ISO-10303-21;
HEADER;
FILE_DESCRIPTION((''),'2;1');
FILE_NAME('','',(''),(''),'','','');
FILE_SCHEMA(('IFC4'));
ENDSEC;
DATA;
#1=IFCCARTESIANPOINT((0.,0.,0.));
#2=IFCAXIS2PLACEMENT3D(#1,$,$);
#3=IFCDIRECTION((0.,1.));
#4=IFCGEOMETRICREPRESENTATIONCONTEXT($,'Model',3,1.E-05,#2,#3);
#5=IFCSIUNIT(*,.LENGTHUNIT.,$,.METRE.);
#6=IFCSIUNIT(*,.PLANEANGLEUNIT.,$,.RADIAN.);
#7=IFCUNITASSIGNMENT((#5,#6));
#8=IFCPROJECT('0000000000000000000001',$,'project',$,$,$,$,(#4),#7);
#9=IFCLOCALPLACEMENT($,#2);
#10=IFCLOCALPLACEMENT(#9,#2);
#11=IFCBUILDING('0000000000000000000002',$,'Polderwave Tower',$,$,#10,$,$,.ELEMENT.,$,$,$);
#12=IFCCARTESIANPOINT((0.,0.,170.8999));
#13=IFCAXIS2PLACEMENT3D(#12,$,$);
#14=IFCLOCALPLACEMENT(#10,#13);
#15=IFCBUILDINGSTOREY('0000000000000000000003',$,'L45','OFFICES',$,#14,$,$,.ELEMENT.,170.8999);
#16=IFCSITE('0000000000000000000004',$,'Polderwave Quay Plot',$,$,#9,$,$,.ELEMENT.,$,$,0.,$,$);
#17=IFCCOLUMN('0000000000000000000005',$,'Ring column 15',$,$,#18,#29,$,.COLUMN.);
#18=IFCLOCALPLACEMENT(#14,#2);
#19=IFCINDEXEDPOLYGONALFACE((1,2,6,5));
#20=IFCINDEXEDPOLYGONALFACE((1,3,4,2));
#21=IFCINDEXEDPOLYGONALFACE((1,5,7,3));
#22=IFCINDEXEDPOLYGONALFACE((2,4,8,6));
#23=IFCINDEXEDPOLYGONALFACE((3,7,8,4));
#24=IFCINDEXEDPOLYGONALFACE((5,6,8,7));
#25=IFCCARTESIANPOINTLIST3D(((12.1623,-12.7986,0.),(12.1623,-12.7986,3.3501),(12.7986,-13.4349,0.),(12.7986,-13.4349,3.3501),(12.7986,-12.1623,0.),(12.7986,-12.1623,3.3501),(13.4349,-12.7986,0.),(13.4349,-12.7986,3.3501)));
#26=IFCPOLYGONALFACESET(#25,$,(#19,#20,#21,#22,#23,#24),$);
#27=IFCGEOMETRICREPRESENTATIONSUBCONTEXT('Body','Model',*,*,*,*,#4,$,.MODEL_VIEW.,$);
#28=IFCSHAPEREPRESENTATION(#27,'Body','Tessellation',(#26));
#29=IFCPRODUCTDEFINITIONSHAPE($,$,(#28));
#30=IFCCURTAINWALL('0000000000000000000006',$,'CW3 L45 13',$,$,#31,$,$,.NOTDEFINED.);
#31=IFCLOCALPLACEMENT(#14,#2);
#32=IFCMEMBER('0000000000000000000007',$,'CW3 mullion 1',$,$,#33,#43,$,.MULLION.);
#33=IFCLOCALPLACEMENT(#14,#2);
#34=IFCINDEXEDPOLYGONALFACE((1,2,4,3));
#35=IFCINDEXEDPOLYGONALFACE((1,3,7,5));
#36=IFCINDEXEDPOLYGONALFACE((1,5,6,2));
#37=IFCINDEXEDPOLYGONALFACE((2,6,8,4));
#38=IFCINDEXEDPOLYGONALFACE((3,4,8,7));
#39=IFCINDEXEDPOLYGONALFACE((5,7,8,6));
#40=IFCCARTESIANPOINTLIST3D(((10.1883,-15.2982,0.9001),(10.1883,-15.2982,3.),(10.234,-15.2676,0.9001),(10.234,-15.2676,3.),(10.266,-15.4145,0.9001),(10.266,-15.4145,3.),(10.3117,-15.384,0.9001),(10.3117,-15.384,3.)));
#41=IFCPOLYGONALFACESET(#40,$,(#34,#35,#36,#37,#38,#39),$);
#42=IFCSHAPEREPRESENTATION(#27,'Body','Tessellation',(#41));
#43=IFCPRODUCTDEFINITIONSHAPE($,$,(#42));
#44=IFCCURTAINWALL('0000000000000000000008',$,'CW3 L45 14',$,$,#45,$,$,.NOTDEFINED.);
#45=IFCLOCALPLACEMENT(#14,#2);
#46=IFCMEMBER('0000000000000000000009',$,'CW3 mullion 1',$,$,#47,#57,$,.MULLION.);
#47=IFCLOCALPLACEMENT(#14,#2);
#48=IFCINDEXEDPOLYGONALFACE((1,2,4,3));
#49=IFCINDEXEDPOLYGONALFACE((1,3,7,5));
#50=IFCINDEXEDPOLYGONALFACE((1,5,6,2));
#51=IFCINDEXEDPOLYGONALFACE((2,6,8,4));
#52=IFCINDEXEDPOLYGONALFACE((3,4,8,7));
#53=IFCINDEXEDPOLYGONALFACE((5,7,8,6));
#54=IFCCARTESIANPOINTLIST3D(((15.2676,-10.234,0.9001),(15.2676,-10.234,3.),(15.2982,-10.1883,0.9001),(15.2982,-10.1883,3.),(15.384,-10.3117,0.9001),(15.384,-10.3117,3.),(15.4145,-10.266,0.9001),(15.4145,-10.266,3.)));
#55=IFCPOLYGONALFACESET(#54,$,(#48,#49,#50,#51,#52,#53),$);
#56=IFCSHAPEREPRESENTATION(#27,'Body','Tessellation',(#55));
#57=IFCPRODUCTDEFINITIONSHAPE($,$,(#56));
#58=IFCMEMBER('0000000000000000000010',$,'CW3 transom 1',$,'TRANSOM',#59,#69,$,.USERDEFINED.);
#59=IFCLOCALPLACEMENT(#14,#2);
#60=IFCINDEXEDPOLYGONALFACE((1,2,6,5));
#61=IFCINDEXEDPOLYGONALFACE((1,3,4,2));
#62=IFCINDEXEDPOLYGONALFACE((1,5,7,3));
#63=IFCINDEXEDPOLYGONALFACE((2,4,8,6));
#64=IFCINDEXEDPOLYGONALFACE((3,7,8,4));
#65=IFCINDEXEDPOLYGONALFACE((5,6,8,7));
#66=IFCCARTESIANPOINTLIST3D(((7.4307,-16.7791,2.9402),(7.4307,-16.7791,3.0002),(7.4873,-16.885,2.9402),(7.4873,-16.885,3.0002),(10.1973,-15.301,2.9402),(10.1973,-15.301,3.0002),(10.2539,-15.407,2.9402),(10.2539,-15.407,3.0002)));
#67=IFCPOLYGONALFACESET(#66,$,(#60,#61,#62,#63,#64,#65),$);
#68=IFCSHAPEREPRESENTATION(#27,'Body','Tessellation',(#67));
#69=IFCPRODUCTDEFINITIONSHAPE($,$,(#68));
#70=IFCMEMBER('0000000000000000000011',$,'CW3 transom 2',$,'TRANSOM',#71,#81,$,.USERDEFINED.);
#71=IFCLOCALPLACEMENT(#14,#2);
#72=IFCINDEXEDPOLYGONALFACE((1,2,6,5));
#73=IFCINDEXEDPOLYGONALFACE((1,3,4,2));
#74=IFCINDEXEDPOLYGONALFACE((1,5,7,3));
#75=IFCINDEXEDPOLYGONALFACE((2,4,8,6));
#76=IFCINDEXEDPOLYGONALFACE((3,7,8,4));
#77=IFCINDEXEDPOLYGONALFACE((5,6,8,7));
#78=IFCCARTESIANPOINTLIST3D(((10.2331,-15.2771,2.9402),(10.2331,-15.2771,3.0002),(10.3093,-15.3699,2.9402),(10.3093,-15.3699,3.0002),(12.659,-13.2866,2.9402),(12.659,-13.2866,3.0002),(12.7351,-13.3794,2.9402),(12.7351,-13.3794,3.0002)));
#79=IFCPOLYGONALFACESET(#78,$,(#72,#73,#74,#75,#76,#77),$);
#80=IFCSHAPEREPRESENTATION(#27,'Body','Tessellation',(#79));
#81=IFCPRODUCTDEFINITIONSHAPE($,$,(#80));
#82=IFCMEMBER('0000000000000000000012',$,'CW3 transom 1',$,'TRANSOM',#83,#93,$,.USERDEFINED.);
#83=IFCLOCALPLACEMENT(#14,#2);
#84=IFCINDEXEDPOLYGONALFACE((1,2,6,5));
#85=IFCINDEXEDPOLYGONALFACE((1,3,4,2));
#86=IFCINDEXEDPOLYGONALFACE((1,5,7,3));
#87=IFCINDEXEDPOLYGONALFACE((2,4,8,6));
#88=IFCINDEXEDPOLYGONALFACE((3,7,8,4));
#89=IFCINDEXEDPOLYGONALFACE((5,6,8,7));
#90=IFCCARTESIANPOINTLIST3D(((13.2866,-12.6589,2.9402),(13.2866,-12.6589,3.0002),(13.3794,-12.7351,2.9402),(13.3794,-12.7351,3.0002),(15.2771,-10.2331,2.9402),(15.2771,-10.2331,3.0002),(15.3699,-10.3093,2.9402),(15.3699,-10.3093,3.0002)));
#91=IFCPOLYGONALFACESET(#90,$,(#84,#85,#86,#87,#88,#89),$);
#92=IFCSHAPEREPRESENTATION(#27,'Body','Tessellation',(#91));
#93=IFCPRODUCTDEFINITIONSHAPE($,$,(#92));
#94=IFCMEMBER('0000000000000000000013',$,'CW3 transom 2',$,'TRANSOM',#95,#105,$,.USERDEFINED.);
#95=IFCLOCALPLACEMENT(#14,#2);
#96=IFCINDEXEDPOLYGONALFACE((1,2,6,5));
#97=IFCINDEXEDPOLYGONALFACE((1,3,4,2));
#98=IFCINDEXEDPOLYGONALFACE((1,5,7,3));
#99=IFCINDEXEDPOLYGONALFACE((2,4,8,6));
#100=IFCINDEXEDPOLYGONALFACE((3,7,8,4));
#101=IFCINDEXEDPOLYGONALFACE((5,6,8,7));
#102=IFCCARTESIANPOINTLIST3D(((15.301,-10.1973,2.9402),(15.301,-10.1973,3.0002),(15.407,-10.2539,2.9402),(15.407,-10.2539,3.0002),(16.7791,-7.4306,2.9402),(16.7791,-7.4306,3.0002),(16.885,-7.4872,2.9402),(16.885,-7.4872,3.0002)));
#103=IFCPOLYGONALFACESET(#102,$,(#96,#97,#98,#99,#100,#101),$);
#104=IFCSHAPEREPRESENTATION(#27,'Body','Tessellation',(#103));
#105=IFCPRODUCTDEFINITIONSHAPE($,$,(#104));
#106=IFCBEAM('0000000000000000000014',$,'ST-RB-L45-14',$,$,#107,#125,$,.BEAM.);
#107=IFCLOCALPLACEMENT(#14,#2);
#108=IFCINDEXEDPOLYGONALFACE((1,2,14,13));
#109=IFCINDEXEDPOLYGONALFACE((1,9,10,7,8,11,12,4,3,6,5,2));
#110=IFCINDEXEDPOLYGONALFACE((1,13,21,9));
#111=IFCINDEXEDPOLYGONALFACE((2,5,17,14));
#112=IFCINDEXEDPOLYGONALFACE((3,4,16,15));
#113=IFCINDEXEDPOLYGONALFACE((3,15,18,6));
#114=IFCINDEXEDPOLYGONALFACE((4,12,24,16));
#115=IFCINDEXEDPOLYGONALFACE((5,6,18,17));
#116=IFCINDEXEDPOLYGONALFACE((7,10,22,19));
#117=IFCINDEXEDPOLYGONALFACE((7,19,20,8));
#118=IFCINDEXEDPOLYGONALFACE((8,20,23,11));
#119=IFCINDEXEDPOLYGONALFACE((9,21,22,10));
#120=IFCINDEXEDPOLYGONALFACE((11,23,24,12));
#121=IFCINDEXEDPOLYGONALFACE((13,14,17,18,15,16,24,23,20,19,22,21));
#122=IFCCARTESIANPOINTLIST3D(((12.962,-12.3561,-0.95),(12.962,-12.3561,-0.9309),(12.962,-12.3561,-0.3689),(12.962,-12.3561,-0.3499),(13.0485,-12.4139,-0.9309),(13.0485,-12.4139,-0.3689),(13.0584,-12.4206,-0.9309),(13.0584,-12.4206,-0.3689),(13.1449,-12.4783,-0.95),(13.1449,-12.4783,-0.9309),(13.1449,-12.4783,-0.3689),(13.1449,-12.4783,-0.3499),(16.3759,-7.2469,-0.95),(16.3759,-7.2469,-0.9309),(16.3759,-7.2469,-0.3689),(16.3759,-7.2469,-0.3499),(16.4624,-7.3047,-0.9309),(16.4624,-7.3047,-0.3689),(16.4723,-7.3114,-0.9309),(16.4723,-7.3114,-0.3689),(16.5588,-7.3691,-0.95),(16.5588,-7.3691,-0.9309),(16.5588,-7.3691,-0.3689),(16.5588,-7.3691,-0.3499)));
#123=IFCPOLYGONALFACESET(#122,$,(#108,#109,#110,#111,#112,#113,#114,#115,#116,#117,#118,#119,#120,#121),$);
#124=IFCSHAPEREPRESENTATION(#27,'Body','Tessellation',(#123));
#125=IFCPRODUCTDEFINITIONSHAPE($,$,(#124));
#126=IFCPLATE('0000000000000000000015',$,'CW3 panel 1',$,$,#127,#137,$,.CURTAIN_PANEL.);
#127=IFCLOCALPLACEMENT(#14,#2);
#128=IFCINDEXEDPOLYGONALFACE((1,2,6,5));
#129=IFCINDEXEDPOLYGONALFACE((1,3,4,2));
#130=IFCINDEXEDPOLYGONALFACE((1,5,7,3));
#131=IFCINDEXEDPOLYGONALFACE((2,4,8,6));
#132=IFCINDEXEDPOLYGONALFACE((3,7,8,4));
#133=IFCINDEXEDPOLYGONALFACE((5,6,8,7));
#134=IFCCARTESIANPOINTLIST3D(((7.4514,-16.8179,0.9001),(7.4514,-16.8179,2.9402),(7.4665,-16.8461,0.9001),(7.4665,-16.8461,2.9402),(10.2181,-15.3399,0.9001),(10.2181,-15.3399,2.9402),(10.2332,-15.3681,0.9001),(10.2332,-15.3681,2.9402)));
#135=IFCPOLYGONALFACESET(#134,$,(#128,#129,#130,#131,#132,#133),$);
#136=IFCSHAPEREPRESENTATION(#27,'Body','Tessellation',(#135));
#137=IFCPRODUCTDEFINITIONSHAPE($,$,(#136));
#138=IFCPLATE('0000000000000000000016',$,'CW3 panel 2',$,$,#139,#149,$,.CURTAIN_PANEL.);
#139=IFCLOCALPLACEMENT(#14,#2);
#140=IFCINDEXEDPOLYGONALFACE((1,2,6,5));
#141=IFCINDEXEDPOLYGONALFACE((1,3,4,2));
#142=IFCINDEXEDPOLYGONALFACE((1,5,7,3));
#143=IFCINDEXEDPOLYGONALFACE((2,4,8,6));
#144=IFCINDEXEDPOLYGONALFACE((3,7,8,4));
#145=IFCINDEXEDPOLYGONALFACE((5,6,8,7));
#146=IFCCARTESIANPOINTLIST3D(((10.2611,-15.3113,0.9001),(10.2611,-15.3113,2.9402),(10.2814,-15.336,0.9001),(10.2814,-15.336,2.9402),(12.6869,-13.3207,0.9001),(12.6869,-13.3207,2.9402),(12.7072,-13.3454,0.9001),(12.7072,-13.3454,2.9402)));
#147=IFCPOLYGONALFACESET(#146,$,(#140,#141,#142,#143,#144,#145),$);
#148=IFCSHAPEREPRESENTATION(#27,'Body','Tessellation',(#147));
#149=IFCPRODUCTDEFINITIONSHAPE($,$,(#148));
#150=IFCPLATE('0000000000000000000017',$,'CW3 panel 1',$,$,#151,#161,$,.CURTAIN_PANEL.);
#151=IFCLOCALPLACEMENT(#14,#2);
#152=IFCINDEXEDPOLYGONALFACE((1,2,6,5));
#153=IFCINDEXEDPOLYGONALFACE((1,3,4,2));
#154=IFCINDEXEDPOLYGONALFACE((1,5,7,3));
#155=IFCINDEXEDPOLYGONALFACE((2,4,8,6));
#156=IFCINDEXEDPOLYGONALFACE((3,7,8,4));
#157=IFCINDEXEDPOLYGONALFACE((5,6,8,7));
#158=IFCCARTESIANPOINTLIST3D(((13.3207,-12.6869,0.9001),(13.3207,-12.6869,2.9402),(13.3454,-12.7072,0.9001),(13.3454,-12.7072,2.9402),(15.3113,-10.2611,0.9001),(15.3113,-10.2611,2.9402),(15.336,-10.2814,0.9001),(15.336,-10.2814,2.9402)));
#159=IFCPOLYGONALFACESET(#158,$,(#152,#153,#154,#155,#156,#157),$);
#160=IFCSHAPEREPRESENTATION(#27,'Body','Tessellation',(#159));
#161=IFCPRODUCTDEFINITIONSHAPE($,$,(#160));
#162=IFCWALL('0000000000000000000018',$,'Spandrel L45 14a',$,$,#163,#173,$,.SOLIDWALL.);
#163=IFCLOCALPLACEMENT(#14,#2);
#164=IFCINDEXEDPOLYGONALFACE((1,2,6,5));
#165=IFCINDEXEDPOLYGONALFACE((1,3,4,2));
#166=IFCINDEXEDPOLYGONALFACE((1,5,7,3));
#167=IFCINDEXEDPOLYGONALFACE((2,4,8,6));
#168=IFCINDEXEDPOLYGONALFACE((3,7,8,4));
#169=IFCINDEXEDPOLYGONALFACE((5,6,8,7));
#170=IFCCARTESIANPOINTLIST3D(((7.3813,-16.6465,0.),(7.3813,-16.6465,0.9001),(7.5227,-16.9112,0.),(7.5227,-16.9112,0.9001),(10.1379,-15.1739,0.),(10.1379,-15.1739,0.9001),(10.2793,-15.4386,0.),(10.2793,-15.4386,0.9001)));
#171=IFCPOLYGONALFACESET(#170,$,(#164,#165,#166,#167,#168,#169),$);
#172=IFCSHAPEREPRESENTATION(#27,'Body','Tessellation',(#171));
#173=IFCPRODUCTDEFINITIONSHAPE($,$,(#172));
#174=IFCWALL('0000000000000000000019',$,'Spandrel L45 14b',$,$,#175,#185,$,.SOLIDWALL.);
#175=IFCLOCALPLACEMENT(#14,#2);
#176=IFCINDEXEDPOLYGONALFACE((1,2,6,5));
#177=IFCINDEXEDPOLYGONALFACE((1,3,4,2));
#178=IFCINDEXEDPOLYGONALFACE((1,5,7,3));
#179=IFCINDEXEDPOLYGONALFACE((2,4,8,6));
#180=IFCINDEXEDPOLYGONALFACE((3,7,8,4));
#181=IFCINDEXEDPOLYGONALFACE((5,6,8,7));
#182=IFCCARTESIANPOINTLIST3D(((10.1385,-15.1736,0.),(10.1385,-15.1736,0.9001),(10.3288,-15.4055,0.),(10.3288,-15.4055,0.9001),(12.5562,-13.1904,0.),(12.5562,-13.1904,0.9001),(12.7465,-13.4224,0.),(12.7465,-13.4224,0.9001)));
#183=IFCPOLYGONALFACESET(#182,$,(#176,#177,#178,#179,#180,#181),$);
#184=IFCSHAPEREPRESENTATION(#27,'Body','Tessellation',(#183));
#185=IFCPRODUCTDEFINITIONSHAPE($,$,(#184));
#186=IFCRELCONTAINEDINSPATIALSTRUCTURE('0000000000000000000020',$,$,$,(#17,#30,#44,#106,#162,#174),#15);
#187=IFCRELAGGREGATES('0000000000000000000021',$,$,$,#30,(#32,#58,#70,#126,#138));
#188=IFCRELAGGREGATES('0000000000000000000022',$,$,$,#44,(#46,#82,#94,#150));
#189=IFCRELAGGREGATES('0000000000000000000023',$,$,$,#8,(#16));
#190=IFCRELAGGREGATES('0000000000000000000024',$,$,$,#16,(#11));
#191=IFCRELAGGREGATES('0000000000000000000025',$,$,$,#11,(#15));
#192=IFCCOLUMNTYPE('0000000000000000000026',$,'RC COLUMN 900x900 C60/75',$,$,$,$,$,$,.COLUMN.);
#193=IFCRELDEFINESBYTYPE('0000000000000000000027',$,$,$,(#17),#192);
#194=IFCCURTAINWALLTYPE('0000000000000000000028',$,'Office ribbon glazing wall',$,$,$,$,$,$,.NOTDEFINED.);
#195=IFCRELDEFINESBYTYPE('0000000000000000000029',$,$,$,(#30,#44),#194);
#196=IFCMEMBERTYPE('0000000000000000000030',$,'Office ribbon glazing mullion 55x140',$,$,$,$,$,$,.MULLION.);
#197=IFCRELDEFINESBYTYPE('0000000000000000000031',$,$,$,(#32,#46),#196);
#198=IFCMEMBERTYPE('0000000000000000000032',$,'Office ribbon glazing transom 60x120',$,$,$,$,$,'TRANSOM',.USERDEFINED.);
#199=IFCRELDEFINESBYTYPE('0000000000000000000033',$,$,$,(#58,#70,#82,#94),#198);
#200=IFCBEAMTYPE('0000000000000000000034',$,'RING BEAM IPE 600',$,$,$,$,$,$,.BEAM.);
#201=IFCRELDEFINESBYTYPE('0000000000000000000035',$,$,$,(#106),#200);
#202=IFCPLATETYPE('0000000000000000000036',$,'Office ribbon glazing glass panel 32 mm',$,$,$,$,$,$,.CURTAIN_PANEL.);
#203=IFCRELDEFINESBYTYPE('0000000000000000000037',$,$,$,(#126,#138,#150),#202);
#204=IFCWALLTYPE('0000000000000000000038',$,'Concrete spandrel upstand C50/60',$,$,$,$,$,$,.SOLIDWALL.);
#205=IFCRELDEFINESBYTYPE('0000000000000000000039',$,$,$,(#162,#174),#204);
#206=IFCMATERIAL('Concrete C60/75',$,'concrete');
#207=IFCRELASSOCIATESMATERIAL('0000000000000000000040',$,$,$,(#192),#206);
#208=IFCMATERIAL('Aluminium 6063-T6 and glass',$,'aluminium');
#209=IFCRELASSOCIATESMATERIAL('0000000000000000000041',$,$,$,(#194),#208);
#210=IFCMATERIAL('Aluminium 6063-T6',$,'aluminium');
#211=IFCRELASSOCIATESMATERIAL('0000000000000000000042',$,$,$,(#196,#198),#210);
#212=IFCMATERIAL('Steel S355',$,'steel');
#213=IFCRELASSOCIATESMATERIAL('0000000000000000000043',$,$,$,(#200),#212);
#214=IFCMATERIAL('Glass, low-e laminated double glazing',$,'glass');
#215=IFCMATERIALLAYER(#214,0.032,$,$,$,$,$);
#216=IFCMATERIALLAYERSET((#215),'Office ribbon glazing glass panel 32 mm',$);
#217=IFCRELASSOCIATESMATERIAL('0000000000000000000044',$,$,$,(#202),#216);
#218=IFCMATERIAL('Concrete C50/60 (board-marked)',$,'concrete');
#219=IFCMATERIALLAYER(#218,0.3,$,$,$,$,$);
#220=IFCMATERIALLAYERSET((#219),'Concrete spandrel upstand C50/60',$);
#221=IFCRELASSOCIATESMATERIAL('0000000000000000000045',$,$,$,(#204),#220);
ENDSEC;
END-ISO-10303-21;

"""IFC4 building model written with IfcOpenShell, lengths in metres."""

from ifc_helpers import new_model, si_unit, direction, frame, frame_2d, origin, origin_2d, place, context, subcontext, project, spatial, rectangle, i_section, extrude, material, layer, layer_set, material_profile, profile_set, type_object, element, aggregate, save


model = new_model("IFC4")

# Units and contexts
model_context = context("Model", 3, precision=1e-05, world=origin(), true_north=direction((0.0, 1.0)))
body_context = subcontext(model_context, "Body", "Model", "MODEL_VIEW")
ifc_project = project(units=[si_unit("LENGTHUNIT", "METRE"), si_unit("PLANEANGLEUNIT", "RADIAN")], contexts=[model_context])

# Site, building, storey
site_placement = place(None, origin())
site = spatial("IfcSite", under=ifc_project, at=site_placement, Name="Polderwave Quay Plot", CompositionType="ELEMENT", RefElevation=0.0)
building_placement = place(site_placement, origin())
building = spatial("IfcBuilding", under=site, at=building_placement, Name="Polderwave Tower", CompositionType="ELEMENT")
storey_placement = place(building_placement, frame((0.0, 0.0, 170.8999)))
storey = spatial("IfcBuildingStorey", under=building, at=storey_placement, Name="L45", Description="OFFICES", CompositionType="ELEMENT", Elevation=170.8999)

# Column
ifc_material_1 = material(Name="Concrete C60/75", Category="concrete")
ifc_material_profile_1 = material_profile(ifc_material_1, rectangle(XDim=0.8999, YDim=0.8999, at=origin_2d()), Name="RC 900x900")
ifc_profile_set_1 = profile_set([ifc_material_profile_1], Name="Concrete C60/75")
column_type = type_object("IfcColumnType", Name="RC COLUMN 900x900 C60/75", PredefinedType="COLUMN", material=ifc_profile_set_1)
column_placement = place(storey_placement, frame((12.7986, -12.7986, 0.0), z_axis=(0.0, 0.0, 1.0), x_axis=(0.707107, -0.707107, 0.0)))
element("IfcColumn", 1, at=column_placement, inside=storey, type_object=column_type, Name="Ring column 15", PredefinedType="COLUMN", context=body_context, shape_type="SweptSolid", body=[
    extrude(rectangle(XDim=0.8999, YDim=0.8999, at=origin_2d()), origin(), (0.0, 0.0, 1.0), 3.3501),
])

# Curtain walls, members
ifc_material_2 = material(Name="Aluminium 6063-T6 and glass", Category="aluminium")
curtain_wall_type = type_object("IfcCurtainWallType", Name="Office ribbon glazing wall", PredefinedType="NOTDEFINED", material=ifc_material_2)
curtain_wall_1_placement = place(storey_placement, origin())
curtain_wall_1 = element("IfcCurtainWall", 2, at=curtain_wall_1_placement, inside=storey, type_object=curtain_wall_type, Name="CW3 L45 13", PredefinedType="NOTDEFINED")
ifc_material_3 = material(Name="Aluminium 6063-T6", Category="aluminium")
ifc_material_profile_2 = material_profile(ifc_material_3, rectangle(XDim=0.1399, YDim=0.0549, at=origin_2d()), Name="AL 55x140")
ifc_profile_set_2 = profile_set([ifc_material_profile_2], Name="Aluminium 6063-T6")
member_type_1 = type_object("IfcMemberType", Name="Office ribbon glazing mullion 55x140", PredefinedType="MULLION", material=ifc_profile_set_2)
member_1_placement = place(storey_placement, frame((10.25, -15.3411, 0.9001), z_axis=(0.0, 0.0, 1.0), x_axis=(-0.555454, 0.831547, 0.0)))
member_1 = element("IfcMember", 3, at=member_1_placement, type_object=member_type_1, Name="CW3 mullion 1", PredefinedType="MULLION", context=body_context, shape_type="SweptSolid", body=[
    extrude(rectangle(XDim=0.1399, YDim=0.0549, at=origin_2d()), origin(), (0.0, 0.0, 1.0), 2.0999),
])
curtain_wall_2_placement = place(storey_placement, origin())
curtain_wall_2 = element("IfcCurtainWall", 4, at=curtain_wall_2_placement, inside=storey, type_object=curtain_wall_type, Name="CW3 L45 14", PredefinedType="NOTDEFINED")
member_2_placement = place(storey_placement, frame((15.3411, -10.25, 0.9001), z_axis=(0.0, 0.0, 1.0), x_axis=(-0.831547, 0.555454, 0.0)))
member_2 = element("IfcMember", 5, at=member_2_placement, type_object=member_type_1, Name="CW3 mullion 1", PredefinedType="MULLION", context=body_context, shape_type="SweptSolid", body=[
    extrude(rectangle(XDim=0.1399, YDim=0.0549, at=origin_2d()), origin(), (0.0, 0.0, 1.0), 2.0999),
])

# Members
ifc_material_profile_3 = material_profile(ifc_material_3, rectangle(XDim=0.1201, YDim=0.0601, at=origin_2d()), Name="AL 60x120")
ifc_profile_set_3 = profile_set([ifc_material_profile_3], Name="Aluminium 6063-T6")
member_type_2 = type_object("IfcMemberType", Name="Office ribbon glazing transom 60x120", ElementType="TRANSOM", PredefinedType="USERDEFINED", material=ifc_profile_set_3)
member_3_placement = place(storey_placement, frame((7.459, -16.832, 2.9702), z_axis=(0.882021, 0.47121, 0.0), x_axis=(-0.47121, 0.882021, 0.0)))
member_3 = element("IfcMember", 6, at=member_3_placement, type_object=member_type_2, Name="CW3 transom 1", ObjectType="TRANSOM", PredefinedType="USERDEFINED", context=body_context, shape_type="SweptSolid", body=[
    extrude(rectangle(XDim=0.1201, YDim=0.0601, at=origin_2d()), origin(), (0.0, 0.0, 1.0), 3.1367),
])
member_4_placement = place(storey_placement, frame((10.2712, -15.3235, 2.9702), z_axis=(0.773059, 0.634334, 0.0), x_axis=(-0.634334, 0.773059, 0.0)))
member_4 = element("IfcMember", 7, at=member_4_placement, type_object=member_type_2, Name="CW3 transom 2", ObjectType="TRANSOM", PredefinedType="USERDEFINED", context=body_context, shape_type="SweptSolid", body=[
    extrude(rectangle(XDim=0.1201, YDim=0.0601, at=origin_2d()), origin(), (0.0, 0.0, 1.0), 3.1379),
])
member_5_placement = place(storey_placement, frame((13.333, -12.697, 2.9702), z_axis=(0.634334, 0.773059, 0.0), x_axis=(-0.773059, 0.634334, 0.0)))
member_5 = element("IfcMember", 8, at=member_5_placement, type_object=member_type_2, Name="CW3 transom 1", ObjectType="TRANSOM", PredefinedType="USERDEFINED", context=body_context, shape_type="SweptSolid", body=[
    extrude(rectangle(XDim=0.1201, YDim=0.0601, at=origin_2d()), origin(), (0.0, 0.0, 1.0), 3.1379),
])
member_6_placement = place(storey_placement, frame((15.354, -10.2256, 2.9702), z_axis=(0.47121, 0.882021, 0.0), x_axis=(-0.882021, 0.47121, 0.0)))
member_6 = element("IfcMember", 9, at=member_6_placement, type_object=member_type_2, Name="CW3 transom 2", ObjectType="TRANSOM", PredefinedType="USERDEFINED", context=body_context, shape_type="SweptSolid", body=[
    extrude(rectangle(XDim=0.1201, YDim=0.0601, at=origin_2d()), origin(), (0.0, 0.0, 1.0), 3.1367),
])

# Beam
ifc_material_4 = material(Name="Steel S355", Category="steel")
ifc_material_profile_4 = material_profile(ifc_material_4, i_section(OverallWidth=0.22, OverallDepth=0.6001, WebThickness=0.012, FlangeThickness=0.019, at=origin_2d()), Name="IPE 600")
ifc_profile_set_4 = profile_set([ifc_material_profile_4], Name="Steel S355")
beam_type = type_object("IfcBeamType", Name="RING BEAM IPE 600", PredefinedType="BEAM", material=ifc_profile_set_4)
beam_placement = place(storey_placement, frame((13.0535, -12.4172, -0.6499), z_axis=(0.555571, 0.831469, 0.0), x_axis=(-0.831469, 0.555571, 0.0)))
element("IfcBeam", 10, at=beam_placement, inside=storey, type_object=beam_type, Name="ST-RB-L45-14", PredefinedType="BEAM", context=body_context, shape_type="SweptSolid", body=[
    extrude(i_section(OverallWidth=0.22, OverallDepth=0.6001, WebThickness=0.012, FlangeThickness=0.019, at=origin_2d()), origin(), (0.0, 0.0, 1.0), 6.1448),
])

# Plates
ifc_material_5 = material(Name="Glass, low-e laminated double glazing", Category="glass")
ifc_layer_1 = layer(ifc_material_5, 0.032)
ifc_layer_set_1 = layer_set([ifc_layer_1], Name="Office ribbon glazing glass panel 32 mm")
plate_type = type_object("IfcPlateType", Name="Office ribbon glazing glass panel 32 mm", PredefinedType="CURTAIN_PANEL", material=ifc_layer_set_1)
plate_1_placement = place(storey_placement, frame((8.8423, -16.093, 0.9001), z_axis=(0.0, 0.0, 1.0), x_axis=(0.882029, 0.471195, 0.0)))
plate_1 = element("IfcPlate", 11, at=plate_1_placement, type_object=plate_type, Name="CW3 panel 1", PredefinedType="CURTAIN_PANEL", context=body_context, shape_type="SweptSolid", body=[
    extrude(rectangle(XDim=3.1367, YDim=0.032, at=origin_2d()), origin(), (0.0, 0.0, 1.0), 2.04),
])
plate_2_placement = place(storey_placement, frame((11.4841, -14.3284, 0.9001), z_axis=(0.0, 0.0, 1.0), x_axis=(0.773041, 0.634356, 0.0)))
plate_2 = element("IfcPlate", 12, at=plate_2_placement, type_object=plate_type, Name="CW3 panel 2", PredefinedType="CURTAIN_PANEL", context=body_context, shape_type="SweptSolid", body=[
    extrude(rectangle(XDim=3.1379, YDim=0.032, at=origin_2d()), origin(), (0.0, 0.0, 1.0), 2.04),
])
aggregate(curtain_wall_1, [member_1, member_3, member_4, plate_1, plate_2])
plate_3_placement = place(storey_placement, frame((14.3284, -11.4841, 0.9001), z_axis=(0.0, 0.0, 1.0), x_axis=(0.634356, 0.773041, 0.0)))
plate_3 = element("IfcPlate", 13, at=plate_3_placement, type_object=plate_type, Name="CW3 panel 1", PredefinedType="CURTAIN_PANEL", context=body_context, shape_type="SweptSolid", body=[
    extrude(rectangle(XDim=3.1379, YDim=0.032, at=origin_2d()), origin(), (0.0, 0.0, 1.0), 2.04),
])
aggregate(curtain_wall_2, [member_2, member_5, member_6, plate_3])

# Walls
ifc_material_6 = material(Name="Concrete C50/60 (board-marked)", Category="concrete")
ifc_layer_2 = layer(ifc_material_6, 0.3)
ifc_layer_set_2 = layer_set([ifc_layer_2], Name="Concrete spandrel upstand C50/60")
wall_type_1 = type_object("IfcWallType", Name="Concrete spandrel upstand C50/60", PredefinedType="SOLIDWALL", material=ifc_layer_set_2)
wall_1_placement = place(storey_placement, frame((7.4521, -16.7788, 0.0), z_axis=(0.0, 0.0, 1.0), x_axis=(0.882024, 0.471204, 0.0)))
element("IfcWall", 14, at=wall_1_placement, inside=storey, type_object=wall_type_1, Name="Spandrel L45 14a", PredefinedType="SOLIDWALL", context=body_context, shape_type="SweptSolid", body=[
    extrude(rectangle(XDim=3.1252, YDim=0.3, at=frame_2d((1.5625, 0.0))), origin(), (0.0, 0.0, 1.0), 0.9001),
])
for number, where, z_axis, x_axis, name in (
    (15, (10.2336, -15.2896, 0.0), (0.0, 0.0, 1.0), (0.773171, 0.634198, 0.0), "Spandrel L45 14b"),
):
    element("IfcWall", number, at=place(storey_placement, frame(where, z_axis=z_axis, x_axis=x_axis)), inside=storey, type_object=wall_type_1, Name=name, PredefinedType="SOLIDWALL", context=body_context, shape_type="SweptSolid", body=[
        extrude(rectangle(XDim=3.127, YDim=0.3, at=frame_2d((1.5635, 0.0))), origin(), (0.0, 0.0, 1.0), 0.9001),
    ])

save(model, "model.ifc")
